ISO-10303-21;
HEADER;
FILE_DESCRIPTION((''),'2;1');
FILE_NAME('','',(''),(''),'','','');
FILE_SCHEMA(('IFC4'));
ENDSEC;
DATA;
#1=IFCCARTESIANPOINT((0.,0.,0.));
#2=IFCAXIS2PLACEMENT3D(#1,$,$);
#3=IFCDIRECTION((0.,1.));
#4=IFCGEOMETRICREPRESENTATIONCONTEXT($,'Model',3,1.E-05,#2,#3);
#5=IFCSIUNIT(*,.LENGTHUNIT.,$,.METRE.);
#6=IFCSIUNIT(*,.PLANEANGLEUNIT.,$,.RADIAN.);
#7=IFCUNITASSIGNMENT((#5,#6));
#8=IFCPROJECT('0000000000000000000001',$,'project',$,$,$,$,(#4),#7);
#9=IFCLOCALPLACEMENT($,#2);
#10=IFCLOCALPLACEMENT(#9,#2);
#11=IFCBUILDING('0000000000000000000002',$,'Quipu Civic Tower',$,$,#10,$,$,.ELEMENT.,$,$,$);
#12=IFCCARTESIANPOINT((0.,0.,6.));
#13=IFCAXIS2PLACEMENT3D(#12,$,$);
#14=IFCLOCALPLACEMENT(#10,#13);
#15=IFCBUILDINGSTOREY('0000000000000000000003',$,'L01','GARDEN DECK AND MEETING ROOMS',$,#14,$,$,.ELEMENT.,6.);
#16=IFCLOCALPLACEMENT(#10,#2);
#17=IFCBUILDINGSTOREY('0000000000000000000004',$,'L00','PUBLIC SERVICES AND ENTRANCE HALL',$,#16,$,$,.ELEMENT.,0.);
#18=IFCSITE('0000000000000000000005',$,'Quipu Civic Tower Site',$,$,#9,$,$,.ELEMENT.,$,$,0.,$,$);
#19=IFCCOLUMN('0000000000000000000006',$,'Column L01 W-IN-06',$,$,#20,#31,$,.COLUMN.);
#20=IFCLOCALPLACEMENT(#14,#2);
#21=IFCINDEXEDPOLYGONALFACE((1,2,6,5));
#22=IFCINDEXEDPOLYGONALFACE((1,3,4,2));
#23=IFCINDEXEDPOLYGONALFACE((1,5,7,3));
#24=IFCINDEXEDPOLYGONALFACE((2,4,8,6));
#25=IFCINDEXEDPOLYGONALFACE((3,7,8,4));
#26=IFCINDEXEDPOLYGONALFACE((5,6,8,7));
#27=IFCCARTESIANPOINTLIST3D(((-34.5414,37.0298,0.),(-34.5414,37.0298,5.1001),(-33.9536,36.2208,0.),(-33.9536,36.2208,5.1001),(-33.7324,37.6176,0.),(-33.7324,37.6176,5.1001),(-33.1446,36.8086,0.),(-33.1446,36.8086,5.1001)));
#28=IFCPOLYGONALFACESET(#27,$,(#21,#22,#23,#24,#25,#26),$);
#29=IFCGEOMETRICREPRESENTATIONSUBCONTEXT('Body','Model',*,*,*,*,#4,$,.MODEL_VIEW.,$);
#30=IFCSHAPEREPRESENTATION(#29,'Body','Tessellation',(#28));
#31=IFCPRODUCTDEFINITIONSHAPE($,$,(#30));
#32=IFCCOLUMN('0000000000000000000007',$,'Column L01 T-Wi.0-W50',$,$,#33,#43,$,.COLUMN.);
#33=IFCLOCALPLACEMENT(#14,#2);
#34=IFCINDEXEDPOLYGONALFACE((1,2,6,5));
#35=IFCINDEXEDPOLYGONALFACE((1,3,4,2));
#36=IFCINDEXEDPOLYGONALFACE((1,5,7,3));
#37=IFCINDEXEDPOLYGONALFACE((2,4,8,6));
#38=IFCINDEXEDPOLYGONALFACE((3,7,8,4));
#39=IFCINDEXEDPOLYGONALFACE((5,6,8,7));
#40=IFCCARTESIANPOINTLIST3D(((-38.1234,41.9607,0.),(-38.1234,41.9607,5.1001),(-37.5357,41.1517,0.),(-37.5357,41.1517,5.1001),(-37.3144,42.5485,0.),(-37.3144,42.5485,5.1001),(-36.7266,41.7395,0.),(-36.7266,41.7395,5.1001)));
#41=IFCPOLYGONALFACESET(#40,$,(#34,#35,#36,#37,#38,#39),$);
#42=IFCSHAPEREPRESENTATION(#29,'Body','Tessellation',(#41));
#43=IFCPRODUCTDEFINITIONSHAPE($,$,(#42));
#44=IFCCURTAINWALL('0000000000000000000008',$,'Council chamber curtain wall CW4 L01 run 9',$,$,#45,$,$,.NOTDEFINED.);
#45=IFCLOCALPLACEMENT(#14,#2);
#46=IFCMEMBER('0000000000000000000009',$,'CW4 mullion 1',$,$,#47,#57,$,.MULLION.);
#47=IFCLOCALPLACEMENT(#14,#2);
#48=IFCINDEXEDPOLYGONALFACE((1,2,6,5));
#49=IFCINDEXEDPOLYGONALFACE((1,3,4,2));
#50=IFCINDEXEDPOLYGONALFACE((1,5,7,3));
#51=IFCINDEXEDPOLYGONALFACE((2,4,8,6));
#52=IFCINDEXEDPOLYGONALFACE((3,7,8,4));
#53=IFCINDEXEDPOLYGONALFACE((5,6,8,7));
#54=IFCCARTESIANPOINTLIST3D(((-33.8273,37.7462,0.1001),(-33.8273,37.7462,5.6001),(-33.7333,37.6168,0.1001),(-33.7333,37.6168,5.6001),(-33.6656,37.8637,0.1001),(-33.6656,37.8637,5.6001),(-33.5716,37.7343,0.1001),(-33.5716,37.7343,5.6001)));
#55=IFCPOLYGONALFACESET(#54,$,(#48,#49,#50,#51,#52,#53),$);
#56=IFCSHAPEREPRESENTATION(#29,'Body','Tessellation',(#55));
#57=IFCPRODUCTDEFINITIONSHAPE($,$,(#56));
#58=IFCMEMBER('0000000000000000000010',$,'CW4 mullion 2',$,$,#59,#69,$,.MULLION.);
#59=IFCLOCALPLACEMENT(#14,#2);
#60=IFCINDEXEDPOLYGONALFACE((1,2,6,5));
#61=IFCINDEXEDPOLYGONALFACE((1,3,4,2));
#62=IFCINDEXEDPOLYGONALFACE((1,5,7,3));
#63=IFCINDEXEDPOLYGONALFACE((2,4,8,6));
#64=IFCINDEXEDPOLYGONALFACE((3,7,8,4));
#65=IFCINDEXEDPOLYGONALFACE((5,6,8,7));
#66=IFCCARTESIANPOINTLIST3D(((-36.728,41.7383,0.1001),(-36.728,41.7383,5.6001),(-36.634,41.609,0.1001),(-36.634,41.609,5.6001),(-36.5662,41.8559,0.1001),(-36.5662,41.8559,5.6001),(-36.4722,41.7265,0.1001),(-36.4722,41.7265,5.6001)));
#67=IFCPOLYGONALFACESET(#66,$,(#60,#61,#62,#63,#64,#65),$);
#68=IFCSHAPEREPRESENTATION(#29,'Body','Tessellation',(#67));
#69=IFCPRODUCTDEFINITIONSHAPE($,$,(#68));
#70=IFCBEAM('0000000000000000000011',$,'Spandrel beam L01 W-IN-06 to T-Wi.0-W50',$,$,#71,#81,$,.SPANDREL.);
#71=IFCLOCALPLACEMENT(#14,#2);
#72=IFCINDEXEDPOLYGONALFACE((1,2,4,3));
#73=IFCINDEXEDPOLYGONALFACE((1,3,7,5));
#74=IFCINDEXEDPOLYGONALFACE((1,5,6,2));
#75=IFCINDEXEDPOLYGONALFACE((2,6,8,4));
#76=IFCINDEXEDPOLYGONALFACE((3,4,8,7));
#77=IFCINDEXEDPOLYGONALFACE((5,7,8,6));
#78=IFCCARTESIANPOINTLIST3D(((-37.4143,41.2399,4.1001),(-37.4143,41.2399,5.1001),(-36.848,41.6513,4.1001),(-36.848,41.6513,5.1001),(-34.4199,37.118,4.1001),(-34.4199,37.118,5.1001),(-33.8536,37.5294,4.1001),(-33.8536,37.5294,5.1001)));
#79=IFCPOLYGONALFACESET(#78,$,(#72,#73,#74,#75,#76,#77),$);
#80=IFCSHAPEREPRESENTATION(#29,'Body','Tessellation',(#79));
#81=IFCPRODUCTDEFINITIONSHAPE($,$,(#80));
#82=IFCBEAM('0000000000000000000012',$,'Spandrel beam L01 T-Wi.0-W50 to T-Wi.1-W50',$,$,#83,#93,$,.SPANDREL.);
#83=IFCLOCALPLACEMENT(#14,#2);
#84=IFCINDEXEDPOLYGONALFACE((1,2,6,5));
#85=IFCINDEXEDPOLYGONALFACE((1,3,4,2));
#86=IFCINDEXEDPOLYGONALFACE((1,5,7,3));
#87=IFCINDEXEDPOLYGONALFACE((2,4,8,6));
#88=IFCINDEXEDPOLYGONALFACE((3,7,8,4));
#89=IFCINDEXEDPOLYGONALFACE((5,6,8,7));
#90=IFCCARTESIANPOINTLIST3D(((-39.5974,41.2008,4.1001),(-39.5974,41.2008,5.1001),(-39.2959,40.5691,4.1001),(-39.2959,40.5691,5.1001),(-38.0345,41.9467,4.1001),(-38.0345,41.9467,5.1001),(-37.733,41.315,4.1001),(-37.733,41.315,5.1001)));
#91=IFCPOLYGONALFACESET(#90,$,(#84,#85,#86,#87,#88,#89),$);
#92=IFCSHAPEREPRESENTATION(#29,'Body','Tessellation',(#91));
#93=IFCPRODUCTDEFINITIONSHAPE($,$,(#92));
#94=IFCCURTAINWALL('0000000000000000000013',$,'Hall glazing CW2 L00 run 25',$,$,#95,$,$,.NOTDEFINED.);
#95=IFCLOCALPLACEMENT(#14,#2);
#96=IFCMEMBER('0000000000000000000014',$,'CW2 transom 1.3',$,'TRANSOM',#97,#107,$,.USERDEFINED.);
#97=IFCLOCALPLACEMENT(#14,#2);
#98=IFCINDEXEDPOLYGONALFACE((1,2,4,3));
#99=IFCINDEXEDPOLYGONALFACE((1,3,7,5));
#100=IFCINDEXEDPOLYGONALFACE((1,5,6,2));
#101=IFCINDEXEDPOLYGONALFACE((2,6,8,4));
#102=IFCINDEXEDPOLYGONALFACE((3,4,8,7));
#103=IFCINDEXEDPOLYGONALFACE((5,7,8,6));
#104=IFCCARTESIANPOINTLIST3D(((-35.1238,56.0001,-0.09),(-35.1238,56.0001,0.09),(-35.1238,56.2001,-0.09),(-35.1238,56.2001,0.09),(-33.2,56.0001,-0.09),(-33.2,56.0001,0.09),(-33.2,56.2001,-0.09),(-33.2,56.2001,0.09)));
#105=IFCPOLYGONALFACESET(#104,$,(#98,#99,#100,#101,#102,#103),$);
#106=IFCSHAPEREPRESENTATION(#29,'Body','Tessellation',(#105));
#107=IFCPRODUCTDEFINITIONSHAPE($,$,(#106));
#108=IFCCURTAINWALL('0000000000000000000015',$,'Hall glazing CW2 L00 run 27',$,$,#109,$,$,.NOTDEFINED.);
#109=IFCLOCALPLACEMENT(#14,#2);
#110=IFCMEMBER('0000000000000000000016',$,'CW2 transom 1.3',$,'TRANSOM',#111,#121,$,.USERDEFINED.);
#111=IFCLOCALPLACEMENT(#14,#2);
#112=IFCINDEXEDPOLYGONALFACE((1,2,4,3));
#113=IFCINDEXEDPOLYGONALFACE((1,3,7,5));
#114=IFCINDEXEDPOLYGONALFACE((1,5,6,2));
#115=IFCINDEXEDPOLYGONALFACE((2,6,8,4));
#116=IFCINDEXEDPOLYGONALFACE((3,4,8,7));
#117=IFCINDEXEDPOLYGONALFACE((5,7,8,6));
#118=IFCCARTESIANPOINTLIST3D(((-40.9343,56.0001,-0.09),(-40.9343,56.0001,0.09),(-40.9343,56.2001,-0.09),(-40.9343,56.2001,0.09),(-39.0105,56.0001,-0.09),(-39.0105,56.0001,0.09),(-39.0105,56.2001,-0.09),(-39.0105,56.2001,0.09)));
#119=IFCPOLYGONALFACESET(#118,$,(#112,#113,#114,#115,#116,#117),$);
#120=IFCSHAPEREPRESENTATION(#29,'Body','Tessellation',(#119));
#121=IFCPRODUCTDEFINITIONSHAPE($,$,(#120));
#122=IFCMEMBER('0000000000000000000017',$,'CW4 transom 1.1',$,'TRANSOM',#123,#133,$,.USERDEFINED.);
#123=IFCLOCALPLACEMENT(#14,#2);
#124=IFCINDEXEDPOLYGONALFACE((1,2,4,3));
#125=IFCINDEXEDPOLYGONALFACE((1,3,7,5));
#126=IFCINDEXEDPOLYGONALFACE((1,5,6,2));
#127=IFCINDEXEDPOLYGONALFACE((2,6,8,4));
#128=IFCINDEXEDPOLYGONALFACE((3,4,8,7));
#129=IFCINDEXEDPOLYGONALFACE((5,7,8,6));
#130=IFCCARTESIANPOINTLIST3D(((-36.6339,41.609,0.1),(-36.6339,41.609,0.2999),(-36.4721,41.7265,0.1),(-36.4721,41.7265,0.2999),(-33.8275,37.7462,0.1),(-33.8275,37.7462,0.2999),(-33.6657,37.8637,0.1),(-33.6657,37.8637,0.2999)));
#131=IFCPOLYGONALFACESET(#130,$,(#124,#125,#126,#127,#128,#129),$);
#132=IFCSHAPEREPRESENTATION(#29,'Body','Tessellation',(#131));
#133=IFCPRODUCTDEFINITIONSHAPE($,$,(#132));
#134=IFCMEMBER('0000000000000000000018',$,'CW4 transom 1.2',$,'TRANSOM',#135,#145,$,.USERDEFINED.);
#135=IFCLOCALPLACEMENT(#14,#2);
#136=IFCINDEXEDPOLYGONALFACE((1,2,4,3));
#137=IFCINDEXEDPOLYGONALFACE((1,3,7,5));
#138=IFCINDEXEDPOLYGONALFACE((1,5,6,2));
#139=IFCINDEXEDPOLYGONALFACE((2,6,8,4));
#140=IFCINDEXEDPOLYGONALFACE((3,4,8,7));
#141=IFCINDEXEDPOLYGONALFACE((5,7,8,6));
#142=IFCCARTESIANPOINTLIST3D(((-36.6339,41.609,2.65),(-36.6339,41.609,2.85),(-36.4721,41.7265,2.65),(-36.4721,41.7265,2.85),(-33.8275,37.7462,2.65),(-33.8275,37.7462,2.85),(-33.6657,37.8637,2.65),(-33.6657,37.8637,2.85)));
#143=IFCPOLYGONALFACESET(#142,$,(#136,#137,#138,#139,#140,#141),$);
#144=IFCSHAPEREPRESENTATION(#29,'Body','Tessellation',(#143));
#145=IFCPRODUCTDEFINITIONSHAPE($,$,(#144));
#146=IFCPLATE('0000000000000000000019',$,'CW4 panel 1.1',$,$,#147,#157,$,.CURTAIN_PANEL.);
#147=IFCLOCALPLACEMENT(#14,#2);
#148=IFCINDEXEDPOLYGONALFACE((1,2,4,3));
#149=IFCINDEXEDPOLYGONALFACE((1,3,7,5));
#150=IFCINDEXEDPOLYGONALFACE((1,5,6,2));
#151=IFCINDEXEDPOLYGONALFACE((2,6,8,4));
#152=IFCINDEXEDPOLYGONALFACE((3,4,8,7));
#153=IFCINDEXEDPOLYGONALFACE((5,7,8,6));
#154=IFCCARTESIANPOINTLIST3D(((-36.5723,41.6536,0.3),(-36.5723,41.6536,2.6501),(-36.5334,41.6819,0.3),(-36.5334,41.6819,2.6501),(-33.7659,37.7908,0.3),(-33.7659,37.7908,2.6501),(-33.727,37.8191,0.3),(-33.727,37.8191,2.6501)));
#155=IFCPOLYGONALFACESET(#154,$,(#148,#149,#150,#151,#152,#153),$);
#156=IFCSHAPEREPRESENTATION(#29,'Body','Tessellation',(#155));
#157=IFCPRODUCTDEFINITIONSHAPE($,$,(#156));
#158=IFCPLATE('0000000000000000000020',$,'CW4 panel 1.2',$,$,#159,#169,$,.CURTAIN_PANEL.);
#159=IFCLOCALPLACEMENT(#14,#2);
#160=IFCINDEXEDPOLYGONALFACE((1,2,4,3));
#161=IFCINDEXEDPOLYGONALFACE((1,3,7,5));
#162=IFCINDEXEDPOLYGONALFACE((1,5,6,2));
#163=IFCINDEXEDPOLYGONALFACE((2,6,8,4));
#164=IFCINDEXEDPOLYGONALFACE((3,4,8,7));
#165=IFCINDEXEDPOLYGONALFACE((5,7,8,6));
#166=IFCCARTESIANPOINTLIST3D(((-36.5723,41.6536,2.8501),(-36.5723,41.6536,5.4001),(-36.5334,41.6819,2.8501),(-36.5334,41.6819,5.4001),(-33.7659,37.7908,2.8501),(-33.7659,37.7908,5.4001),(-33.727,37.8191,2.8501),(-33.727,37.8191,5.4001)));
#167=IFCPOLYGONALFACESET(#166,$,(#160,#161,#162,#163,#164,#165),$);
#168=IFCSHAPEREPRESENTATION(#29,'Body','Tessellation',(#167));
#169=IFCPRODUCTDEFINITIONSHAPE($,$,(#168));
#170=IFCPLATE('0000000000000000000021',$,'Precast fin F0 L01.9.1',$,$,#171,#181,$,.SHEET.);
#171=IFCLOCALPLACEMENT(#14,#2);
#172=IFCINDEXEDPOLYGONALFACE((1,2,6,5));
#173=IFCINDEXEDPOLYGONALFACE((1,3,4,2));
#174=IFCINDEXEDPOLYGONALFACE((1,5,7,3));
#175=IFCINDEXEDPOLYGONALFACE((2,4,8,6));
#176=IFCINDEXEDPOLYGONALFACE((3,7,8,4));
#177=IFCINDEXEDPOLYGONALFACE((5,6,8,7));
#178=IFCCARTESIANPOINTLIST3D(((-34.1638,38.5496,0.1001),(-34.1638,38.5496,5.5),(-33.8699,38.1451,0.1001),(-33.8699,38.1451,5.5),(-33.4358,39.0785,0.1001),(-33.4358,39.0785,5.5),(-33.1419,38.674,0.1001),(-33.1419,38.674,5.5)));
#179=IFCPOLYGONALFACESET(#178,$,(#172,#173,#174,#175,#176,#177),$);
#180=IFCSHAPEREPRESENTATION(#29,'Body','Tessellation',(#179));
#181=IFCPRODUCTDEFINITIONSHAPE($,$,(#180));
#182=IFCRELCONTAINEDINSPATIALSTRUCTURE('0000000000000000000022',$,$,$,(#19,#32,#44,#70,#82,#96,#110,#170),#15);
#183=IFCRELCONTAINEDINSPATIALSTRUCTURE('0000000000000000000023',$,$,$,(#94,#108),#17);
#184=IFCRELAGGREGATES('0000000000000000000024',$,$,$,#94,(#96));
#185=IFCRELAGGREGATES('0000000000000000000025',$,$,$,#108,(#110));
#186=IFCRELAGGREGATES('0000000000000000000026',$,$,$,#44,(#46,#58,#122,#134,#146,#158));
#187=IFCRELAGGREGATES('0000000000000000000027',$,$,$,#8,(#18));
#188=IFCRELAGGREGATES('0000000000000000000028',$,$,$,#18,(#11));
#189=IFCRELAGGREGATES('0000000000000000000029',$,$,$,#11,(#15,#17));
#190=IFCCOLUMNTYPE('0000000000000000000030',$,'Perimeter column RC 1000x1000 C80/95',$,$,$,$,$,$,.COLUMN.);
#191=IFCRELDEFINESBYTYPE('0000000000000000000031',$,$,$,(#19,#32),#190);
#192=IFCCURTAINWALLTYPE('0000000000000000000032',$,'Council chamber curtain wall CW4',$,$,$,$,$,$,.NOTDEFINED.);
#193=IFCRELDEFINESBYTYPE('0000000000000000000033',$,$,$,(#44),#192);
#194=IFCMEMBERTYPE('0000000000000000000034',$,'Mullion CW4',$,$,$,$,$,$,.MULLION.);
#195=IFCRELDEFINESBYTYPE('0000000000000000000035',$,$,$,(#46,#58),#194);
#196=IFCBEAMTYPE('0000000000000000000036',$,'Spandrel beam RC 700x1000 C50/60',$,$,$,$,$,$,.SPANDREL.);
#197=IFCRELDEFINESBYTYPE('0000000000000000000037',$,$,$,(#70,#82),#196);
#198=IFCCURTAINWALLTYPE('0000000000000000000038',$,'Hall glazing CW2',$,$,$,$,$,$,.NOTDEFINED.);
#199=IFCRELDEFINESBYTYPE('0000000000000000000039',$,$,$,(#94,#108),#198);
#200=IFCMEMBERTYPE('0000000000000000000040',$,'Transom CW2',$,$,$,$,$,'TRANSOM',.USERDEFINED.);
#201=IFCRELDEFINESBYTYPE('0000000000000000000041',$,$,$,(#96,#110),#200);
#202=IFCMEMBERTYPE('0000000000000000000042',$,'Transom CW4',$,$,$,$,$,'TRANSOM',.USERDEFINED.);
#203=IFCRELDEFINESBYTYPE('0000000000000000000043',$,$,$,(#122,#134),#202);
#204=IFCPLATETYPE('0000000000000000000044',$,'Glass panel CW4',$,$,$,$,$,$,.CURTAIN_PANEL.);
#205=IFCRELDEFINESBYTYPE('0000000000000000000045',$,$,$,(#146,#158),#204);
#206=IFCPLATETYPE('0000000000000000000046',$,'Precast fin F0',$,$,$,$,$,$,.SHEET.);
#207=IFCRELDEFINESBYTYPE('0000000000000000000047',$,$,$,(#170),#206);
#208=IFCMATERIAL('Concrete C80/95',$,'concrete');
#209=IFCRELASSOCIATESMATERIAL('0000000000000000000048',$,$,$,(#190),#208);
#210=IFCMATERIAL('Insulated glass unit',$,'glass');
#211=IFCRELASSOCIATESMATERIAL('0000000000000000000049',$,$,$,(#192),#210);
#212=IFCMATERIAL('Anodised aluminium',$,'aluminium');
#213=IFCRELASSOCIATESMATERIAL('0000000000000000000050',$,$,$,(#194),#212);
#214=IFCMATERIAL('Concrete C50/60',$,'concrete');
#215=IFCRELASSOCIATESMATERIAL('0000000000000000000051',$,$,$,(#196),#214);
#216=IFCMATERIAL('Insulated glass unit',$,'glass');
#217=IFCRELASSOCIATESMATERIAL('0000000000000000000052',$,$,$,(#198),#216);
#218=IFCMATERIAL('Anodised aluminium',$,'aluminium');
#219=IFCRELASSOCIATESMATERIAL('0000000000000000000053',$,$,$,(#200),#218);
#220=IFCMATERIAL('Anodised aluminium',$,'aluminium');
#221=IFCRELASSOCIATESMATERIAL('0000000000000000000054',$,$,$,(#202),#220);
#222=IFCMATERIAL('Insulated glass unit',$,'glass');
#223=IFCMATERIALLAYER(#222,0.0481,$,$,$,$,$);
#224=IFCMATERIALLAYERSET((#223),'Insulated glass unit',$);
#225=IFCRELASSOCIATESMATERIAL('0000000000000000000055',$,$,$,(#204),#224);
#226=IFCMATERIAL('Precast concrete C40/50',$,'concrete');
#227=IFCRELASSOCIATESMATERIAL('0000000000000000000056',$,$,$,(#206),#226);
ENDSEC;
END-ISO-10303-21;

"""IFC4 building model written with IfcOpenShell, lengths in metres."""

from ifc_helpers import new_model, si_unit, direction, frame, origin, origin_2d, place, context, subcontext, project, spatial, rectangle, extrude, material, layer, layer_set, material_profile, profile_set, type_object, element, aggregate, save


model = new_model("IFC4")

# Units and contexts
model_context = context("Model", 3, precision=1e-05, world=origin(), true_north=direction((0.0, 1.0)))
body_context = subcontext(model_context, "Body", "Model", "MODEL_VIEW")
ifc_project = project(units=[si_unit("LENGTHUNIT", "METRE"), si_unit("PLANEANGLEUNIT", "RADIAN")], contexts=[model_context])

# Site, building, storey
site_placement = place(None, origin())
site = spatial("IfcSite", under=ifc_project, at=site_placement, Name="Quipu Civic Tower Site", CompositionType="ELEMENT", RefElevation=0.0)
building_placement = place(site_placement, origin())
building = spatial("IfcBuilding", under=site, at=building_placement, Name="Quipu Civic Tower", CompositionType="ELEMENT")
storey_1_placement = place(building_placement, frame((0.0, 0.0, 6.0)))
storey_1 = spatial("IfcBuildingStorey", under=building, at=storey_1_placement, Name="L01", Description="GARDEN DECK AND MEETING ROOMS", CompositionType="ELEMENT", Elevation=6.0)

# Columns
ifc_material_1 = material(Name="Concrete C80/95", Category="concrete")
ifc_material_profile_1 = material_profile(ifc_material_1, rectangle(XDim=1.0, YDim=1.0, at=origin_2d()), Name="RC1000x1000")
ifc_profile_set_1 = profile_set([ifc_material_profile_1], Name="Concrete C80/95")
column_type = type_object("IfcColumnType", Name="Perimeter column RC 1000x1000 C80/95", PredefinedType="COLUMN", material=ifc_profile_set_1)
for number, where, z_axis, x_axis, name in (
    (1, (-33.843, 36.9192, 0.0), (0.0, 0.0, 1.0), (-0.587785, 0.809017, 0.0), "Column L01 W-IN-06"),
    (2, (-37.425, 41.8501, 0.0), (0.0, 0.0, 1.0), (-0.587785, 0.809017, 0.0), "Column L01 T-Wi.0-W50"),
):
    element("IfcColumn", number, at=place(storey_1_placement, frame(where, z_axis=z_axis, x_axis=x_axis)), inside=storey_1, type_object=column_type, Name=name, PredefinedType="COLUMN", context=body_context, shape_type="SweptSolid", body=[
        extrude(rectangle(XDim=1.0, YDim=1.0, at=origin_2d()), origin(), (0.0, 0.0, 1.0), 5.1001),
    ])

# Curtain wall, members
ifc_material_2 = material(Name="Insulated glass unit", Category="glass")
curtain_wall_type_1 = type_object("IfcCurtainWallType", Name="Council chamber curtain wall CW4", PredefinedType="NOTDEFINED", material=ifc_material_2)
curtain_wall_1_placement = place(storey_1_placement, origin())
curtain_wall_1 = element("IfcCurtainWall", 3, at=curtain_wall_1_placement, inside=storey_1, type_object=curtain_wall_type_1, Name="Council chamber curtain wall CW4 L01 run 9", PredefinedType="NOTDEFINED")
ifc_material_3 = material(Name="Anodised aluminium", Category="aluminium")
ifc_material_profile_2 = material_profile(ifc_material_3, rectangle(XDim=0.2, YDim=0.1599, at=origin_2d()), Name="RECT 200x160")
ifc_profile_set_2 = profile_set([ifc_material_profile_2], Name="Anodised aluminium")
member_type_1 = type_object("IfcMemberType", Name="Mullion CW4", PredefinedType="MULLION", material=ifc_profile_set_2)
member_1_placement = place(storey_1_placement, frame((-33.6995, 37.7402, 0.1001), z_axis=(0.0, 0.0, 1.0), x_axis=(-0.809019, -0.587783, 0.0)))
member_1 = element("IfcMember", 4, at=member_1_placement, type_object=member_type_1, Name="CW4 mullion 1", PredefinedType="MULLION", context=body_context, shape_type="SweptSolid", body=[
    extrude(rectangle(XDim=0.2, YDim=0.1599, at=origin_2d()), origin(), (0.0, 0.0, 1.0), 5.5),
])
member_2_placement = place(storey_1_placement, frame((-36.6001, 41.7324, 0.1001), z_axis=(0.0, 0.0, 1.0), x_axis=(-0.809019, -0.587783, 0.0)))
member_2 = element("IfcMember", 5, at=member_2_placement, type_object=member_type_1, Name="CW4 mullion 2", PredefinedType="MULLION", context=body_context, shape_type="SweptSolid", body=[
    extrude(rectangle(XDim=0.2, YDim=0.1599, at=origin_2d()), origin(), (0.0, 0.0, 1.0), 5.5),
])

# Beams
ifc_material_4 = material(Name="Concrete C50/60", Category="concrete")
ifc_material_profile_3 = material_profile(ifc_material_4, rectangle(XDim=0.7, YDim=1.0, at=origin_2d()), Name="RC700x1000")
ifc_profile_set_3 = profile_set([ifc_material_profile_3], Name="Concrete C50/60")
beam_type = type_object("IfcBeamType", Name="Spandrel beam RC 700x1000 C50/60", PredefinedType="SPANDREL", material=ifc_profile_set_3)
beam_1_placement = place(storey_1_placement, frame((-34.1367, 37.3237, 4.6001), z_axis=(-0.587747, 0.809045, 0.0), x_axis=(-0.809045, -0.587747, 0.0)))
element("IfcBeam", 6, at=beam_1_placement, inside=storey_1, type_object=beam_type, Name="Spandrel beam L01 W-IN-06 to T-Wi.0-W50", PredefinedType="SPANDREL", context=body_context, shape_type="SweptSolid", body=[
    extrude(rectangle(XDim=0.7, YDim=1.0, at=origin_2d()), origin(), (0.0, 0.0, 1.0), 5.0947),
])
beam_2_placement = place(storey_1_placement, frame((-37.8838, 41.6309, 4.6001), z_axis=(-0.902482, -0.430727, 0.0), x_axis=(0.430727, -0.902482, 0.0)))
element("IfcBeam", 7, at=beam_2_placement, inside=storey_1, type_object=beam_type, Name="Spandrel beam L01 T-Wi.0-W50 to T-Wi.1-W50", PredefinedType="SPANDREL", context=body_context, shape_type="SweptSolid", body=[
    extrude(rectangle(XDim=0.7, YDim=1.0, at=origin_2d()), origin(), (0.0, 0.0, 1.0), 1.7317),
])

# Shared definitions
storey_2_placement = place(building_placement, origin())
storey_2 = spatial("IfcBuildingStorey", under=building, at=storey_2_placement, Name="L00", Description="PUBLIC SERVICES AND ENTRANCE HALL", CompositionType="ELEMENT", Elevation=0.0)

# Curtain walls, members
ifc_material_5 = material(Name="Insulated glass unit", Category="glass")
curtain_wall_type_2 = type_object("IfcCurtainWallType", Name="Hall glazing CW2", PredefinedType="NOTDEFINED", material=ifc_material_5)
curtain_wall_2_placement = place(storey_2_placement, origin())
curtain_wall_2 = element("IfcCurtainWall", 8, at=curtain_wall_2_placement, inside=storey_2, type_object=curtain_wall_type_2, Name="Hall glazing CW2 L00 run 25", PredefinedType="NOTDEFINED")
ifc_material_6 = material(Name="Anodised aluminium", Category="aluminium")
ifc_material_profile_4 = material_profile(ifc_material_6, rectangle(XDim=0.2, YDim=0.1799, at=origin_2d()), Name="RECT 200x180")
ifc_profile_set_4 = profile_set([ifc_material_profile_4], Name="Anodised aluminium")
member_type_2 = type_object("IfcMemberType", Name="Transom CW2", ElementType="TRANSOM", PredefinedType="USERDEFINED", material=ifc_profile_set_4)
member_3_placement = place(storey_1_placement, frame((-33.2, 56.1001, 0.0), z_axis=(-1.0, 0.0, 0.0), x_axis=(0.0, -1.0, 0.0)))
member_3 = element("IfcMember", 9, at=member_3_placement, inside=storey_1, type_object=member_type_2, Name="CW2 transom 1.3", ObjectType="TRANSOM", PredefinedType="USERDEFINED", context=body_context, shape_type="SweptSolid", body=[
    extrude(rectangle(XDim=0.2, YDim=0.1799, at=origin_2d()), origin(), (0.0, 0.0, 1.0), 1.9238),
])
aggregate(curtain_wall_2, [member_3])
curtain_wall_3_placement = place(storey_2_placement, origin())
curtain_wall_3 = element("IfcCurtainWall", 10, at=curtain_wall_3_placement, inside=storey_2, type_object=curtain_wall_type_2, Name="Hall glazing CW2 L00 run 27", PredefinedType="NOTDEFINED")
member_4_placement = place(storey_1_placement, frame((-39.0105, 56.1001, 0.0), z_axis=(-1.0, 0.0, 0.0), x_axis=(0.0, -1.0, 0.0)))
member_4 = element("IfcMember", 11, at=member_4_placement, inside=storey_1, type_object=member_type_2, Name="CW2 transom 1.3", ObjectType="TRANSOM", PredefinedType="USERDEFINED", context=body_context, shape_type="SweptSolid", body=[
    extrude(rectangle(XDim=0.2, YDim=0.1799, at=origin_2d()), origin(), (0.0, 0.0, 1.0), 1.9238),
])
aggregate(curtain_wall_3, [member_4])

# Members
ifc_material_7 = material(Name="Anodised aluminium", Category="aluminium")
ifc_material_profile_5 = material_profile(ifc_material_7, rectangle(XDim=0.2, YDim=0.2, at=origin_2d()), Name="RECT 200x200")
ifc_profile_set_5 = profile_set([ifc_material_profile_5], Name="Anodised aluminium")
member_type_3 = type_object("IfcMemberType", Name="Transom CW4", ElementType="TRANSOM", PredefinedType="USERDEFINED", material=ifc_profile_set_5)
member_5_placement = place(storey_1_placement, frame((-33.7466, 37.8049, 0.2), z_axis=(-0.587773, 0.809026, 0.0), x_axis=(-0.809026, -0.587773, 0.0)))
member_5 = element("IfcMember", 12, at=member_5_placement, type_object=member_type_3, Name="CW4 transom 1.1", ObjectType="TRANSOM", PredefinedType="USERDEFINED", context=body_context, shape_type="SweptSolid", body=[
    extrude(rectangle(XDim=0.2, YDim=0.2, at=origin_2d()), origin(), (0.0, 0.0, 1.0), 4.7747),
])
member_6_placement = place(storey_1_placement, frame((-33.7466, 37.8049, 2.75), z_axis=(-0.587773, 0.809026, 0.0), x_axis=(-0.809026, -0.587773, 0.0)))
member_6 = element("IfcMember", 13, at=member_6_placement, type_object=member_type_3, Name="CW4 transom 1.2", ObjectType="TRANSOM", PredefinedType="USERDEFINED", context=body_context, shape_type="SweptSolid", body=[
    extrude(rectangle(XDim=0.2, YDim=0.2, at=origin_2d()), origin(), (0.0, 0.0, 1.0), 4.7747),
])

# Plates
ifc_material_8 = material(Name="Insulated glass unit", Category="glass")
ifc_layer_1 = layer(ifc_material_8, 0.0481)
ifc_layer_set_1 = layer_set([ifc_layer_1], Name="Insulated glass unit")
plate_type_1 = type_object("IfcPlateType", Name="Glass panel CW4", PredefinedType="CURTAIN_PANEL", material=ifc_layer_set_1)
plate_1_placement = place(storey_1_placement, frame((-35.1497, 39.7363, 0.3), z_axis=(0.0, 0.0, 1.0), x_axis=(-0.587783, 0.809019, 0.0)))
plate_1 = element("IfcPlate", 14, at=plate_1_placement, type_object=plate_type_1, Name="CW4 panel 1.1", PredefinedType="CURTAIN_PANEL", context=body_context, shape_type="SweptSolid", body=[
    extrude(rectangle(XDim=4.7747, YDim=0.0481, at=origin_2d()), origin(), (0.0, 0.0, 1.0), 2.3501),
])
plate_2_placement = place(storey_1_placement, frame((-35.1497, 39.7363, 2.8501), z_axis=(0.0, 0.0, 1.0), x_axis=(-0.587783, 0.809019, 0.0)))
plate_2 = element("IfcPlate", 15, at=plate_2_placement, type_object=plate_type_1, Name="CW4 panel 1.2", PredefinedType="CURTAIN_PANEL", context=body_context, shape_type="SweptSolid", body=[
    extrude(rectangle(XDim=4.7747, YDim=0.0481, at=origin_2d()), origin(), (0.0, 0.0, 1.0), 2.55),
])
aggregate(curtain_wall_1, [member_1, member_2, member_5, member_6, plate_1, plate_2])

# Plate
ifc_material_9 = material(Name="Precast concrete C40/50", Category="concrete")
plate_type_2 = type_object("IfcPlateType", Name="Precast fin F0", PredefinedType="SHEET", material=ifc_material_9)
for number, where, z_axis, x_axis, name in (
    (16, (-33.6528, 38.6118, 0.1001), (0.0, 0.0, 1.0), (-0.587785, 0.809017, 0.0), "Precast fin F0 L01.9.1"),
):
    element("IfcPlate", number, at=place(storey_1_placement, frame(where, z_axis=z_axis, x_axis=x_axis)), inside=storey_1, type_object=plate_type_2, Name=name, PredefinedType="SHEET", context=body_context, shape_type="SweptSolid", body=[
        extrude(rectangle(XDim=0.5, YDim=0.8999, at=origin_2d()), origin(), (0.0, 0.0, 1.0), 5.3999),
    ])

save(model, "model.ifc")
